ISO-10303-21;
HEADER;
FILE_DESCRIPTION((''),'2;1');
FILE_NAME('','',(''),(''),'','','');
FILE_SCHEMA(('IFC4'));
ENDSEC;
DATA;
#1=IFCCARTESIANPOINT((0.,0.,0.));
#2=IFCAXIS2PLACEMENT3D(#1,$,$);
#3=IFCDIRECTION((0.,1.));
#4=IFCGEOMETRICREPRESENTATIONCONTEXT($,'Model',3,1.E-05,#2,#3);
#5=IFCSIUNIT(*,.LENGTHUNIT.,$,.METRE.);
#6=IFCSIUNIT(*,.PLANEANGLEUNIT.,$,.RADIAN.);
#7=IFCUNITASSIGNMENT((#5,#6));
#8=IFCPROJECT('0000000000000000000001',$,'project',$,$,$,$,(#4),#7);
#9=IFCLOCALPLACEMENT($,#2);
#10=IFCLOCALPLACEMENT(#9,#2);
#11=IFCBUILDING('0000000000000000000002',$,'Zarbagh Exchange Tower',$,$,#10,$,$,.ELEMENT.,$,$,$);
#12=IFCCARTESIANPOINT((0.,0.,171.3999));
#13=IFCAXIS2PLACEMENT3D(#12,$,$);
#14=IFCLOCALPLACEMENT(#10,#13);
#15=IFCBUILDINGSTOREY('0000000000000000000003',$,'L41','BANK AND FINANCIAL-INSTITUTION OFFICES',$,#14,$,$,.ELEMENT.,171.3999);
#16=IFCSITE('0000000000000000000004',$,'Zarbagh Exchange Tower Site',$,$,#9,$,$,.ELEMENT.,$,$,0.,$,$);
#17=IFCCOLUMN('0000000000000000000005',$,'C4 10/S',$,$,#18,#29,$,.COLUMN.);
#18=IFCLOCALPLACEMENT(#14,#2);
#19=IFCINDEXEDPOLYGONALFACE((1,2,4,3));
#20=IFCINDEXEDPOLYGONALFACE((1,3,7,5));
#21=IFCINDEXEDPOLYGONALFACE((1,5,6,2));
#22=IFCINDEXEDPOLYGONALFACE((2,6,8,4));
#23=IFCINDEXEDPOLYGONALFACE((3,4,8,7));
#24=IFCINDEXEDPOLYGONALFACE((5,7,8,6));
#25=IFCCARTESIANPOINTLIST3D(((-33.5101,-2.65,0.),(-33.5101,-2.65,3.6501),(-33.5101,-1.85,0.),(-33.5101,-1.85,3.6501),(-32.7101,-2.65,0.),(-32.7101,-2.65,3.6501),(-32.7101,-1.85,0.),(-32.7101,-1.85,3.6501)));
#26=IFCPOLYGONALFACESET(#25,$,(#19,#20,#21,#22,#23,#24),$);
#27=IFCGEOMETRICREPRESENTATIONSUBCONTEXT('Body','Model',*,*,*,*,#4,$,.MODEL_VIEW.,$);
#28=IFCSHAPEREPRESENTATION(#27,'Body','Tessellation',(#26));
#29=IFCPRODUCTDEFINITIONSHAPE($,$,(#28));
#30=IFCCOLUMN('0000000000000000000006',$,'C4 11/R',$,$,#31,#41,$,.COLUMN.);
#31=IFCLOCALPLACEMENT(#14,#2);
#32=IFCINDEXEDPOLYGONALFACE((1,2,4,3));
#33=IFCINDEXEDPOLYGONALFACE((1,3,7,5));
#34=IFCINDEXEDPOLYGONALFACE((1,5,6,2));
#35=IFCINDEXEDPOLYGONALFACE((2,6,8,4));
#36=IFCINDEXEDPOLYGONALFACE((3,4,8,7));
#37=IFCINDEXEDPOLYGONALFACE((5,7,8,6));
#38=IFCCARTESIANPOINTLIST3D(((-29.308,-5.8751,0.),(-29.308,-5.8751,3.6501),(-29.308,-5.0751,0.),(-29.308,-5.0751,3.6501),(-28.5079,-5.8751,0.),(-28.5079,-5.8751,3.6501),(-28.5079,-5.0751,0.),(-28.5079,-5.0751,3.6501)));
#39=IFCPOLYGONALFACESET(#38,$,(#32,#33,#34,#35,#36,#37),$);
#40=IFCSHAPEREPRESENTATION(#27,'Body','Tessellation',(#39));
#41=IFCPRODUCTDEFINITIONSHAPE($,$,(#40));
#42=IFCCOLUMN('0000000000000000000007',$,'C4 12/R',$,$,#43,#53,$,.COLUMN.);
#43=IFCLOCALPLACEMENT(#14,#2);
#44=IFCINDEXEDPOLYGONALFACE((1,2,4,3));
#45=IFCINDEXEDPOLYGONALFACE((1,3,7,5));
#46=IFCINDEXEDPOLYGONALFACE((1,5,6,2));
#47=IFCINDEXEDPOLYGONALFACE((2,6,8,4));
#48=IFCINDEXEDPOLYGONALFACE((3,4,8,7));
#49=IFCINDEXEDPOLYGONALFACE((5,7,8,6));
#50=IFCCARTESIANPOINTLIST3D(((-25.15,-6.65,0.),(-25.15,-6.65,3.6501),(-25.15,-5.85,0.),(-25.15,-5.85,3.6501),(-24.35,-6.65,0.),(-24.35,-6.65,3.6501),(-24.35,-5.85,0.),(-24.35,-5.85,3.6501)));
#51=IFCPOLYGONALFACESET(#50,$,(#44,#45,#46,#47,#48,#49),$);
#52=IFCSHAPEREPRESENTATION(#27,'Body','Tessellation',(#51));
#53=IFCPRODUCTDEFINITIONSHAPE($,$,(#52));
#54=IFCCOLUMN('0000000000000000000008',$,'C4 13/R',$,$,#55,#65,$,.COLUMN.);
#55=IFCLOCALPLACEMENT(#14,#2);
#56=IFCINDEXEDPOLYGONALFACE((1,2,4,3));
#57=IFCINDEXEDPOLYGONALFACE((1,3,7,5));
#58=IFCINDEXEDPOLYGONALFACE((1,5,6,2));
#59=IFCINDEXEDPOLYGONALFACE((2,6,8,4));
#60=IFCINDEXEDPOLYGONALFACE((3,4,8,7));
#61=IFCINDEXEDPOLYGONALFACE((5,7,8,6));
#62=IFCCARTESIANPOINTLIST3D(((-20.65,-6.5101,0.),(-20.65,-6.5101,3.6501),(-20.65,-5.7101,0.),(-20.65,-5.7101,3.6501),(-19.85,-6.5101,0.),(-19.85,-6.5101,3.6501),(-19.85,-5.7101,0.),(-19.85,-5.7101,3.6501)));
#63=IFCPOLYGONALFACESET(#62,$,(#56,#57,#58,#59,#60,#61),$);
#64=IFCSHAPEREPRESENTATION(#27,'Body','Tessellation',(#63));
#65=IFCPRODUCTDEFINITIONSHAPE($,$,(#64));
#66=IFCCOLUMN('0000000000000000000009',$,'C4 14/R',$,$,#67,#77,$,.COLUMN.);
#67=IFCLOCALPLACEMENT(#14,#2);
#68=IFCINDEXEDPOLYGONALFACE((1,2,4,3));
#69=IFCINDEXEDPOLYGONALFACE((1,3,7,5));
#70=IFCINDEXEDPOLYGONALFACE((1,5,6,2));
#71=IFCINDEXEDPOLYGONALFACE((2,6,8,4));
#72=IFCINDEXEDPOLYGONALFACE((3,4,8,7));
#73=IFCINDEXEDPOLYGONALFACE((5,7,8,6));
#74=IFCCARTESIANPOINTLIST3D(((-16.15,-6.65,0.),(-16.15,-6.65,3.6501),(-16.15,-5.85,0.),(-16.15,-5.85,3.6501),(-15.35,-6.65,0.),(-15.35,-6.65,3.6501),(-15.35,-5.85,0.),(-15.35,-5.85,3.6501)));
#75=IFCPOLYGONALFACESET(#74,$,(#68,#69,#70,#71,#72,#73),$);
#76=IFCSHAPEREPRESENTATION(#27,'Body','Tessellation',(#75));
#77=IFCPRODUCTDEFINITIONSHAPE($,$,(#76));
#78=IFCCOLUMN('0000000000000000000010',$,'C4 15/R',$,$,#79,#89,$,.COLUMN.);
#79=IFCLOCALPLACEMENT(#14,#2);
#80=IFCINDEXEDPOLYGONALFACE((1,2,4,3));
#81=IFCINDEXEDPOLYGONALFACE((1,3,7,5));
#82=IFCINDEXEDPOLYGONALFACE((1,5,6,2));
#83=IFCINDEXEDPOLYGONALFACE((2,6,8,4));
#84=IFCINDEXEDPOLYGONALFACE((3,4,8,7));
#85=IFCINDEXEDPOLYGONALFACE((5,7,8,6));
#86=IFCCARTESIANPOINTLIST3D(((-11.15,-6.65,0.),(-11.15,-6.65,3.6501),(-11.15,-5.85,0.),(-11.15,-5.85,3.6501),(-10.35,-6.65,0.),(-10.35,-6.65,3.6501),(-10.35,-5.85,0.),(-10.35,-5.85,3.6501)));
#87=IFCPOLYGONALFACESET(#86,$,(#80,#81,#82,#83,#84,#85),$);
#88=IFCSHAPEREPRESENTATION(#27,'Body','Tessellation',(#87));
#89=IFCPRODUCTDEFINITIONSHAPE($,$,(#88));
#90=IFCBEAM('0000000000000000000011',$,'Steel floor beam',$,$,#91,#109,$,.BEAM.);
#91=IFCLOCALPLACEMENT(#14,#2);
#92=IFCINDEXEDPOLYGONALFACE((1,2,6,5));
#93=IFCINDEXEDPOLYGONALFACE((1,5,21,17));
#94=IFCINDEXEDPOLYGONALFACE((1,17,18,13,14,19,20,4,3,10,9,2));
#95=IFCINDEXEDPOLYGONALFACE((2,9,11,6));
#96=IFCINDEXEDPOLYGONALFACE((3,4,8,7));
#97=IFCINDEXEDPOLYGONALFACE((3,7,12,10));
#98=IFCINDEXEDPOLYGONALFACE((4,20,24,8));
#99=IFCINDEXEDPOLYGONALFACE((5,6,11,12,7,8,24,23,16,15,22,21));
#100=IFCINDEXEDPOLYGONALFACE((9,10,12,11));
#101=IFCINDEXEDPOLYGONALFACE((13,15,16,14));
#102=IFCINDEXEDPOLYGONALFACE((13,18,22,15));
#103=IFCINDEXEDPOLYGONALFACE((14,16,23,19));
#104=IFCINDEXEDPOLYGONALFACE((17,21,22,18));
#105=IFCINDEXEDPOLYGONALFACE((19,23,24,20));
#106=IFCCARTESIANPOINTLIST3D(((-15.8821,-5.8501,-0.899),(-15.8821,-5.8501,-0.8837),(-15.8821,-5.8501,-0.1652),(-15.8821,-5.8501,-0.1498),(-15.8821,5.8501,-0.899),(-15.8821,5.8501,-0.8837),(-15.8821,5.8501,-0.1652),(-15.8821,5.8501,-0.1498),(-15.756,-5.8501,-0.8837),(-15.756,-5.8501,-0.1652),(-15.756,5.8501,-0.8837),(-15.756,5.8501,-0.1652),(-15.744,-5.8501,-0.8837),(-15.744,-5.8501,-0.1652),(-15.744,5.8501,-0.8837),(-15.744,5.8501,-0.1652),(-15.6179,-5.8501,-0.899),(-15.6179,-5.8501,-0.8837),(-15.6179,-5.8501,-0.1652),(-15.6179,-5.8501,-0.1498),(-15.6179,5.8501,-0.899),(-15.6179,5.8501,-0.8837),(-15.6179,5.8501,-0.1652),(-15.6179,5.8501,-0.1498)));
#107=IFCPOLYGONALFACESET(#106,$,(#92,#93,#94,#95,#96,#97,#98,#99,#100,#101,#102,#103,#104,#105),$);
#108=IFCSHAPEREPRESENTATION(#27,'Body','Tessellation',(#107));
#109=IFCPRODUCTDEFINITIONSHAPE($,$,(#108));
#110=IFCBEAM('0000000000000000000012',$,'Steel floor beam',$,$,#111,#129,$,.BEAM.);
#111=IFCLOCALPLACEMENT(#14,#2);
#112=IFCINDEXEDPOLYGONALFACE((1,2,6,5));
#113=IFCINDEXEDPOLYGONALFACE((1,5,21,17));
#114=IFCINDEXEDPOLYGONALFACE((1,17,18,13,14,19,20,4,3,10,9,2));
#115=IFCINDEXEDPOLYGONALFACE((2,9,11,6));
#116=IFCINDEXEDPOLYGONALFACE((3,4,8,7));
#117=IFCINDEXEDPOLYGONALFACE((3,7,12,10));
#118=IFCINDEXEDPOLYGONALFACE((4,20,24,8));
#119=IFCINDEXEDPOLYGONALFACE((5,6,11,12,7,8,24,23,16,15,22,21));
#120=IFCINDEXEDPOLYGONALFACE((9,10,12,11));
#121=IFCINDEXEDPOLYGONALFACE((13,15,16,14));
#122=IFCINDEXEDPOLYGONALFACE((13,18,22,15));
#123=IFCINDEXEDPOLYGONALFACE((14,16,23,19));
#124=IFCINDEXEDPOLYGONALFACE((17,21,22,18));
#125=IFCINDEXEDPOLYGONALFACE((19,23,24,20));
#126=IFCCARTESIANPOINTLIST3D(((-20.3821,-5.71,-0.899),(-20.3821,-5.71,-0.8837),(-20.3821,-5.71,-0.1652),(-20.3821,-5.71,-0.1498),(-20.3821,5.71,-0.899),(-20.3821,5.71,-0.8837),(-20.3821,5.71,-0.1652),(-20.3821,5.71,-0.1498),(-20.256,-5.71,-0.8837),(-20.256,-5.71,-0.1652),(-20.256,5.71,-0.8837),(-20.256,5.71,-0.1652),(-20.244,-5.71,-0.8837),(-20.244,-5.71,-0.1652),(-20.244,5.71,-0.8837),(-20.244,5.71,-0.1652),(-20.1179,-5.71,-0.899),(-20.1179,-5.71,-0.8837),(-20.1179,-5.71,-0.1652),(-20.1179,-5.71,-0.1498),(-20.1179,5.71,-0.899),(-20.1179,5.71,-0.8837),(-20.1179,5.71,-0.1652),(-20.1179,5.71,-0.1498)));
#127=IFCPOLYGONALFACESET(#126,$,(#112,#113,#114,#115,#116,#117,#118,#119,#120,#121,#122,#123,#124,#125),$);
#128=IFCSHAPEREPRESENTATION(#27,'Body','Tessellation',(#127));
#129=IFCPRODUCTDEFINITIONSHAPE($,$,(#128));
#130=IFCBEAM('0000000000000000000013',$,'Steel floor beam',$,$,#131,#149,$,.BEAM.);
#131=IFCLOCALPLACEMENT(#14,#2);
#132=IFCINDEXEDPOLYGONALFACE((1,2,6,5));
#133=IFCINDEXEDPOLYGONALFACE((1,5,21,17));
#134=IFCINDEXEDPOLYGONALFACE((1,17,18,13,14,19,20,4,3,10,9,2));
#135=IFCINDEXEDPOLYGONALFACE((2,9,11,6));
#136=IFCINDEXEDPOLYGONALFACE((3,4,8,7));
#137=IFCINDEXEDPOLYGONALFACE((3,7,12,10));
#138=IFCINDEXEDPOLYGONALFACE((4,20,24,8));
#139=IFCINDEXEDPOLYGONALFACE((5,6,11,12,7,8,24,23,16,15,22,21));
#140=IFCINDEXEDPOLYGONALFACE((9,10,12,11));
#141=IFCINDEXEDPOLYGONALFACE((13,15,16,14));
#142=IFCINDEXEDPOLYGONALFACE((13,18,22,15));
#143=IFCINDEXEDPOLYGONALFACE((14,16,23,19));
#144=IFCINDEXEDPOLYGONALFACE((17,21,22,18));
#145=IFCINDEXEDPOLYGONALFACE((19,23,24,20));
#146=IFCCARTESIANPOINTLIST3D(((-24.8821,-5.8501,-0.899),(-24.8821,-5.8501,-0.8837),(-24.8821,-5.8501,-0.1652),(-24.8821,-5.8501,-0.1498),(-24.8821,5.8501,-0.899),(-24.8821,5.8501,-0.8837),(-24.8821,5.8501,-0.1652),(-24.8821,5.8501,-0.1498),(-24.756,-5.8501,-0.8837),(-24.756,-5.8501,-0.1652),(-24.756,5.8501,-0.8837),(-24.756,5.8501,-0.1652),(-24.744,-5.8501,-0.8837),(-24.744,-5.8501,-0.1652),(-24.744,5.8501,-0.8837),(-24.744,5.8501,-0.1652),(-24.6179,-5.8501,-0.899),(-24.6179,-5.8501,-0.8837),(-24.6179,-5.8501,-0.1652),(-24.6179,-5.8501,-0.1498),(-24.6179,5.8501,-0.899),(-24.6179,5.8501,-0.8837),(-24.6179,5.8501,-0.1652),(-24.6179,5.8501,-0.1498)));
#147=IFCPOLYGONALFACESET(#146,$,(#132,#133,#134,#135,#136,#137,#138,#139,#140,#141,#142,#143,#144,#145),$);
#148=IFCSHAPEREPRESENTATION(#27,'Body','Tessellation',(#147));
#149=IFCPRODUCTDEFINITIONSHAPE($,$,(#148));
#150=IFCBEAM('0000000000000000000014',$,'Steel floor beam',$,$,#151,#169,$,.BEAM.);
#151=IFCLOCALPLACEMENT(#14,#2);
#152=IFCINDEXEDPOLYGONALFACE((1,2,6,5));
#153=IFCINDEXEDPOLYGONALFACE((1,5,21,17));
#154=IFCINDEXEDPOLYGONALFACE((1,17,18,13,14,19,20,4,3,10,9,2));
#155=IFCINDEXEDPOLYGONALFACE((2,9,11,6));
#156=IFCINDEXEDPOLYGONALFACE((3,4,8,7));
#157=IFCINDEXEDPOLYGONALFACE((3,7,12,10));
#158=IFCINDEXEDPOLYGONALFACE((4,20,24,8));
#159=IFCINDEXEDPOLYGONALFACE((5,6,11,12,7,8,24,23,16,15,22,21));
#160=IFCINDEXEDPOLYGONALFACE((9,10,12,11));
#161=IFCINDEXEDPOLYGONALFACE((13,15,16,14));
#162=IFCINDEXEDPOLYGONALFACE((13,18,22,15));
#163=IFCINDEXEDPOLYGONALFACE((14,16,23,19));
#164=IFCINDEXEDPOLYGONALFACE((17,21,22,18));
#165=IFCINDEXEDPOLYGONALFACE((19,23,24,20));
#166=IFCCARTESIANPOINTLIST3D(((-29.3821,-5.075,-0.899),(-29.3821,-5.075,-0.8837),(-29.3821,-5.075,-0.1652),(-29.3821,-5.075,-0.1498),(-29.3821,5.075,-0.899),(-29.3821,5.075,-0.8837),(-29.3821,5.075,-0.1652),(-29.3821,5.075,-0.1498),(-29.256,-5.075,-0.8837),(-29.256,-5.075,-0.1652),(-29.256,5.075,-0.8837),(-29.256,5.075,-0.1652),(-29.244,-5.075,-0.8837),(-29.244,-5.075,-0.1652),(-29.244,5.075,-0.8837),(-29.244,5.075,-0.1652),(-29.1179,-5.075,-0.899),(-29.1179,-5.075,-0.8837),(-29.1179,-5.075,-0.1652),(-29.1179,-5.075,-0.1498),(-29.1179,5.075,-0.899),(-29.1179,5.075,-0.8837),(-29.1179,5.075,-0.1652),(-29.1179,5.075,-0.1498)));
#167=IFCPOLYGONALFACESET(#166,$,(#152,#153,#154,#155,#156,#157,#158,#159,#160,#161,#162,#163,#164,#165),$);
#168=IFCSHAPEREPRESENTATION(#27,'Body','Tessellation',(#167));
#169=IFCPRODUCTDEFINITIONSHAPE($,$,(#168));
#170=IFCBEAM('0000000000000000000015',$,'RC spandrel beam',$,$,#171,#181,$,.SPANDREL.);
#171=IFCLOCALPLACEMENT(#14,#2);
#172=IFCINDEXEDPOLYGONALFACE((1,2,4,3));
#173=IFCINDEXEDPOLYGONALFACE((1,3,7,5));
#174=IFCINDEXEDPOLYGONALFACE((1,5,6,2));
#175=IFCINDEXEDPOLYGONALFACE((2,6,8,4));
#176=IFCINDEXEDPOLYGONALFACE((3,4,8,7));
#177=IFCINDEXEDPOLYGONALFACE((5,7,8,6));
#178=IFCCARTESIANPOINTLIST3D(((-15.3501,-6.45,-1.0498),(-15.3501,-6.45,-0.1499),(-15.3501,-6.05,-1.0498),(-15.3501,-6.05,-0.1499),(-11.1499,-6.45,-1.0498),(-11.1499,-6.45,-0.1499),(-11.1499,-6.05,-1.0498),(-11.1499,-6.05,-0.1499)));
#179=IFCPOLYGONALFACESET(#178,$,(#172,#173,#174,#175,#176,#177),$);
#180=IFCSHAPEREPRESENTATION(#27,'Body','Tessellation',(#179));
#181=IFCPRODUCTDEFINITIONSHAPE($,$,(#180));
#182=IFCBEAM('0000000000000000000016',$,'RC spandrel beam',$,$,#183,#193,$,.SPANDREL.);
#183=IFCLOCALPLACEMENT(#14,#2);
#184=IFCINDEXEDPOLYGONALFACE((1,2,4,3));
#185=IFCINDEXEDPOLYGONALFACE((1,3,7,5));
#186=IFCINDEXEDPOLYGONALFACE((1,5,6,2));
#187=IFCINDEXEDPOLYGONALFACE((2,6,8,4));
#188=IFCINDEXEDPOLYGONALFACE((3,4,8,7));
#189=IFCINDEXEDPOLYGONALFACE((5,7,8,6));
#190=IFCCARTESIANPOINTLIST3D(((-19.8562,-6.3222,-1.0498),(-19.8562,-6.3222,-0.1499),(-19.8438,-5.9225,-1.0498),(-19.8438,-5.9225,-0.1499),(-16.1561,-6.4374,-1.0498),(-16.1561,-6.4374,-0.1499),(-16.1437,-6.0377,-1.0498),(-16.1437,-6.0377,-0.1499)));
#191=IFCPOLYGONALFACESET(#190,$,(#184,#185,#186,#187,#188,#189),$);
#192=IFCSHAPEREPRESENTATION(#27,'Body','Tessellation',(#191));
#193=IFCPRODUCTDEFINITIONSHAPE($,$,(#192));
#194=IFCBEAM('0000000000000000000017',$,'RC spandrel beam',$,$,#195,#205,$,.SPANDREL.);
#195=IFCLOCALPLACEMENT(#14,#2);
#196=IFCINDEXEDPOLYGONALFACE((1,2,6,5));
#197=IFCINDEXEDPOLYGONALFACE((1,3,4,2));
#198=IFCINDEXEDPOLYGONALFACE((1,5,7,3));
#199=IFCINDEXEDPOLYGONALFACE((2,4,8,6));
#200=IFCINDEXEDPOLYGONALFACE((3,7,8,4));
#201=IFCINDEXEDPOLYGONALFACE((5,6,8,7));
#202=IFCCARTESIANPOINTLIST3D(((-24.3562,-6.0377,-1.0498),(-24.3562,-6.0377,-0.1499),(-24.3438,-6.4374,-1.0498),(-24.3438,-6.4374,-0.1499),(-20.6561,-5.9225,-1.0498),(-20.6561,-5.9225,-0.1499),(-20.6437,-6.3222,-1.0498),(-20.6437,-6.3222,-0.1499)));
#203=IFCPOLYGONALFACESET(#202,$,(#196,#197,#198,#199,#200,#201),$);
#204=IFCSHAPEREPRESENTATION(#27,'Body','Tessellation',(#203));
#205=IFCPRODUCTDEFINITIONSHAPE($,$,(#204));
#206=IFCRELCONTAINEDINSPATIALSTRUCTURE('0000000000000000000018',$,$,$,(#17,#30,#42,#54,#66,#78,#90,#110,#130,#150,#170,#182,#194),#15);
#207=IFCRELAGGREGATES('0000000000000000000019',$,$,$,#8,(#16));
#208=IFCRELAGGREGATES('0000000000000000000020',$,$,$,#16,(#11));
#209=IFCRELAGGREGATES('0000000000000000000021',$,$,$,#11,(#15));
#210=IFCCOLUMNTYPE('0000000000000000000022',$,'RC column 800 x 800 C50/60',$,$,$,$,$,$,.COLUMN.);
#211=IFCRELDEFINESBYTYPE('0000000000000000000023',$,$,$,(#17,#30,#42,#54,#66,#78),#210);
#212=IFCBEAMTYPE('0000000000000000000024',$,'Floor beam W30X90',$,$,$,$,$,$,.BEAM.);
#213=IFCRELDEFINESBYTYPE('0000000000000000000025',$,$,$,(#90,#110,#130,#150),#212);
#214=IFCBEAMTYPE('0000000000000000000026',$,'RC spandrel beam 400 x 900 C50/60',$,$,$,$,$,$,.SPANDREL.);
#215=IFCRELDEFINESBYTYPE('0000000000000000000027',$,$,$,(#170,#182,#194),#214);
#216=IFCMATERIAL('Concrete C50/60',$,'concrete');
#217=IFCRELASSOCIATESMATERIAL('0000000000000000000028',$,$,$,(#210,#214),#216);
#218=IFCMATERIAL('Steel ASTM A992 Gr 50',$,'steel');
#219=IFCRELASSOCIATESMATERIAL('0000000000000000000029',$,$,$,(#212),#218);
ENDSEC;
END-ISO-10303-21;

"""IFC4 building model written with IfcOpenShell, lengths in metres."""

from ifc_helpers import new_model, si_unit, direction, frame, origin, origin_2d, place, context, subcontext, project, spatial, rectangle, i_section, extrude, material, material_profile, profile_set, type_object, element, save


model = new_model("IFC4")

# Units and contexts
model_context = context("Model", 3, precision=1e-05, world=origin(), true_north=direction((0.0, 1.0)))
body_context = subcontext(model_context, "Body", "Model", "MODEL_VIEW")
ifc_project = project(units=[si_unit("LENGTHUNIT", "METRE"), si_unit("PLANEANGLEUNIT", "RADIAN")], contexts=[model_context])

# Site, building, storey
site_placement = place(None, origin())
site = spatial("IfcSite", under=ifc_project, at=site_placement, Name="Zarbagh Exchange Tower Site", CompositionType="ELEMENT", RefElevation=0.0)
building_placement = place(site_placement, origin())
building = spatial("IfcBuilding", under=site, at=building_placement, Name="Zarbagh Exchange Tower", CompositionType="ELEMENT")
storey_placement = place(building_placement, frame((0.0, 0.0, 171.3999)))
storey = spatial("IfcBuildingStorey", under=building, at=storey_placement, Name="L41", Description="BANK AND FINANCIAL-INSTITUTION OFFICES", CompositionType="ELEMENT", Elevation=171.3999)

# Columns
ifc_material_1 = material(Name="Concrete C50/60", Category="concrete")
ifc_material_profile_1 = material_profile(ifc_material_1, rectangle(XDim=0.8, YDim=0.8, at=origin_2d()), Name="RC column 800 x 800 C50/60")
ifc_profile_set_1 = profile_set([ifc_material_profile_1], Name="Concrete C50/60")
column_type = type_object("IfcColumnType", Name="RC column 800 x 800 C50/60", PredefinedType="COLUMN", material=ifc_profile_set_1)
for number, where, z_axis, x_axis, name in (
    (1, (-33.1101, -2.25, 0.0), (0.0, 0.0, 1.0), (1.0, 0.0, 0.0), "C4 10/S"),
    (2, (-28.908, -5.4751, 0.0), (0.0, 0.0, 1.0), (1.0, 0.0, 0.0), "C4 11/R"),
    (3, (-24.75, -6.25, 0.0), (0.0, 0.0, 1.0), (1.0, 0.0, 0.0), "C4 12/R"),
    (4, (-20.25, -6.1101, 0.0), (0.0, 0.0, 1.0), (1.0, 0.0, 0.0), "C4 13/R"),
    (5, (-15.75, -6.25, 0.0), (0.0, 0.0, 1.0), (1.0, 0.0, 0.0), "C4 14/R"),
    (6, (-10.75, -6.25, 0.0), (0.0, 0.0, 1.0), (1.0, 0.0, 0.0), "C4 15/R"),
):
    element("IfcColumn", number, at=place(storey_placement, frame(where, z_axis=z_axis, x_axis=x_axis)), inside=storey, type_object=column_type, Name=name, PredefinedType="COLUMN", context=body_context, shape_type="SweptSolid", body=[
        extrude(rectangle(XDim=0.8, YDim=0.8, at=origin_2d()), origin(), (0.0, 0.0, 1.0), 3.6501),
    ])

# Beams
ifc_material_2 = material(Name="Steel ASTM A992 Gr 50", Category="steel")
ifc_material_profile_2 = material_profile(ifc_material_2, i_section(OverallWidth=0.2642, OverallDepth=0.7493, WebThickness=0.012, FlangeThickness=0.0154, at=origin_2d()), Name="W30X90")
ifc_profile_set_2 = profile_set([ifc_material_profile_2], Name="Steel ASTM A992 Gr 50")
beam_type_1 = type_object("IfcBeamType", Name="Floor beam W30X90", PredefinedType="BEAM", material=ifc_profile_set_2)
beam_1_placement = place(storey_placement, frame((-15.75, -5.8501, -0.5244), z_axis=(0.0, 1.0, 0.0), x_axis=(-1.0, 0.0, 0.0)))
element("IfcBeam", 7, at=beam_1_placement, inside=storey, type_object=beam_type_1, Name="Steel floor beam", PredefinedType="BEAM", context=body_context, shape_type="SweptSolid", body=[
    extrude(i_section(OverallWidth=0.2642, OverallDepth=0.7493, WebThickness=0.012, FlangeThickness=0.0154, at=origin_2d()), origin(), (0.0, 0.0, 1.0), 11.7002),
])
beam_2_placement = place(storey_placement, frame((-20.25, -5.71, -0.5244), z_axis=(0.0, 1.0, 0.0), x_axis=(-1.0, 0.0, 0.0)))
element("IfcBeam", 8, at=beam_2_placement, inside=storey, type_object=beam_type_1, Name="Steel floor beam", PredefinedType="BEAM", context=body_context, shape_type="SweptSolid", body=[
    extrude(i_section(OverallWidth=0.2642, OverallDepth=0.7493, WebThickness=0.012, FlangeThickness=0.0154, at=origin_2d()), origin(), (0.0, 0.0, 1.0), 11.4199),
])
beam_3_placement = place(storey_placement, frame((-24.75, -5.8501, -0.5244), z_axis=(0.0, 1.0, 0.0), x_axis=(-1.0, 0.0, 0.0)))
element("IfcBeam", 9, at=beam_3_placement, inside=storey, type_object=beam_type_1, Name="Steel floor beam", PredefinedType="BEAM", context=body_context, shape_type="SweptSolid", body=[
    extrude(i_section(OverallWidth=0.2642, OverallDepth=0.7493, WebThickness=0.012, FlangeThickness=0.0154, at=origin_2d()), origin(), (0.0, 0.0, 1.0), 11.7002),
])
beam_4_placement = place(storey_placement, frame((-29.25, -5.075, -0.5244), z_axis=(0.0, 1.0, 0.0), x_axis=(-1.0, 0.0, 0.0)))
element("IfcBeam", 10, at=beam_4_placement, inside=storey, type_object=beam_type_1, Name="Steel floor beam", PredefinedType="BEAM", context=body_context, shape_type="SweptSolid", body=[
    extrude(i_section(OverallWidth=0.2642, OverallDepth=0.7493, WebThickness=0.012, FlangeThickness=0.0154, at=origin_2d()), origin(), (0.0, 0.0, 1.0), 10.1499),
])
ifc_material_profile_3 = material_profile(ifc_material_1, rectangle(XDim=0.3999, YDim=0.8999, at=origin_2d()), Name="RC spandrel beam 400 x 900 C50/60")
ifc_profile_set_3 = profile_set([ifc_material_profile_3], Name="Concrete C50/60")
beam_type_2 = type_object("IfcBeamType", Name="RC spandrel beam 400 x 900 C50/60", PredefinedType="SPANDREL", material=ifc_profile_set_3)
beam_5_placement = place(storey_placement, frame((-11.1499, -6.25, -0.5999), z_axis=(-1.0, 0.0, 0.0), x_axis=(0.0, -1.0, 0.0)))
element("IfcBeam", 11, at=beam_5_placement, inside=storey, type_object=beam_type_2, Name="RC spandrel beam", PredefinedType="SPANDREL", context=body_context, shape_type="SweptSolid", body=[
    extrude(rectangle(XDim=0.3999, YDim=0.8999, at=origin_2d()), origin(), (0.0, 0.0, 1.0), 4.2002),
])
for number, where, z_axis, x_axis, name in (
    (12, (-16.1499, -6.2375, -0.5999), (-0.999515, 0.031128, 0.0), (-0.031128, -0.999515, 0.0), "RC spandrel beam"),
    (13, (-20.6499, -6.1223, -0.5999), (-0.999515, -0.031128, 0.0), (0.031128, -0.999515, 0.0), "RC spandrel beam"),
):
    element("IfcBeam", number, at=place(storey_placement, frame(where, z_axis=z_axis, x_axis=x_axis)), inside=storey, type_object=beam_type_2, Name=name, PredefinedType="SPANDREL", context=body_context, shape_type="SweptSolid", body=[
        extrude(rectangle(XDim=0.3999, YDim=0.8999, at=origin_2d()), origin(), (0.0, 0.0, 1.0), 3.7019),
    ])

save(model, "model.ifc")
